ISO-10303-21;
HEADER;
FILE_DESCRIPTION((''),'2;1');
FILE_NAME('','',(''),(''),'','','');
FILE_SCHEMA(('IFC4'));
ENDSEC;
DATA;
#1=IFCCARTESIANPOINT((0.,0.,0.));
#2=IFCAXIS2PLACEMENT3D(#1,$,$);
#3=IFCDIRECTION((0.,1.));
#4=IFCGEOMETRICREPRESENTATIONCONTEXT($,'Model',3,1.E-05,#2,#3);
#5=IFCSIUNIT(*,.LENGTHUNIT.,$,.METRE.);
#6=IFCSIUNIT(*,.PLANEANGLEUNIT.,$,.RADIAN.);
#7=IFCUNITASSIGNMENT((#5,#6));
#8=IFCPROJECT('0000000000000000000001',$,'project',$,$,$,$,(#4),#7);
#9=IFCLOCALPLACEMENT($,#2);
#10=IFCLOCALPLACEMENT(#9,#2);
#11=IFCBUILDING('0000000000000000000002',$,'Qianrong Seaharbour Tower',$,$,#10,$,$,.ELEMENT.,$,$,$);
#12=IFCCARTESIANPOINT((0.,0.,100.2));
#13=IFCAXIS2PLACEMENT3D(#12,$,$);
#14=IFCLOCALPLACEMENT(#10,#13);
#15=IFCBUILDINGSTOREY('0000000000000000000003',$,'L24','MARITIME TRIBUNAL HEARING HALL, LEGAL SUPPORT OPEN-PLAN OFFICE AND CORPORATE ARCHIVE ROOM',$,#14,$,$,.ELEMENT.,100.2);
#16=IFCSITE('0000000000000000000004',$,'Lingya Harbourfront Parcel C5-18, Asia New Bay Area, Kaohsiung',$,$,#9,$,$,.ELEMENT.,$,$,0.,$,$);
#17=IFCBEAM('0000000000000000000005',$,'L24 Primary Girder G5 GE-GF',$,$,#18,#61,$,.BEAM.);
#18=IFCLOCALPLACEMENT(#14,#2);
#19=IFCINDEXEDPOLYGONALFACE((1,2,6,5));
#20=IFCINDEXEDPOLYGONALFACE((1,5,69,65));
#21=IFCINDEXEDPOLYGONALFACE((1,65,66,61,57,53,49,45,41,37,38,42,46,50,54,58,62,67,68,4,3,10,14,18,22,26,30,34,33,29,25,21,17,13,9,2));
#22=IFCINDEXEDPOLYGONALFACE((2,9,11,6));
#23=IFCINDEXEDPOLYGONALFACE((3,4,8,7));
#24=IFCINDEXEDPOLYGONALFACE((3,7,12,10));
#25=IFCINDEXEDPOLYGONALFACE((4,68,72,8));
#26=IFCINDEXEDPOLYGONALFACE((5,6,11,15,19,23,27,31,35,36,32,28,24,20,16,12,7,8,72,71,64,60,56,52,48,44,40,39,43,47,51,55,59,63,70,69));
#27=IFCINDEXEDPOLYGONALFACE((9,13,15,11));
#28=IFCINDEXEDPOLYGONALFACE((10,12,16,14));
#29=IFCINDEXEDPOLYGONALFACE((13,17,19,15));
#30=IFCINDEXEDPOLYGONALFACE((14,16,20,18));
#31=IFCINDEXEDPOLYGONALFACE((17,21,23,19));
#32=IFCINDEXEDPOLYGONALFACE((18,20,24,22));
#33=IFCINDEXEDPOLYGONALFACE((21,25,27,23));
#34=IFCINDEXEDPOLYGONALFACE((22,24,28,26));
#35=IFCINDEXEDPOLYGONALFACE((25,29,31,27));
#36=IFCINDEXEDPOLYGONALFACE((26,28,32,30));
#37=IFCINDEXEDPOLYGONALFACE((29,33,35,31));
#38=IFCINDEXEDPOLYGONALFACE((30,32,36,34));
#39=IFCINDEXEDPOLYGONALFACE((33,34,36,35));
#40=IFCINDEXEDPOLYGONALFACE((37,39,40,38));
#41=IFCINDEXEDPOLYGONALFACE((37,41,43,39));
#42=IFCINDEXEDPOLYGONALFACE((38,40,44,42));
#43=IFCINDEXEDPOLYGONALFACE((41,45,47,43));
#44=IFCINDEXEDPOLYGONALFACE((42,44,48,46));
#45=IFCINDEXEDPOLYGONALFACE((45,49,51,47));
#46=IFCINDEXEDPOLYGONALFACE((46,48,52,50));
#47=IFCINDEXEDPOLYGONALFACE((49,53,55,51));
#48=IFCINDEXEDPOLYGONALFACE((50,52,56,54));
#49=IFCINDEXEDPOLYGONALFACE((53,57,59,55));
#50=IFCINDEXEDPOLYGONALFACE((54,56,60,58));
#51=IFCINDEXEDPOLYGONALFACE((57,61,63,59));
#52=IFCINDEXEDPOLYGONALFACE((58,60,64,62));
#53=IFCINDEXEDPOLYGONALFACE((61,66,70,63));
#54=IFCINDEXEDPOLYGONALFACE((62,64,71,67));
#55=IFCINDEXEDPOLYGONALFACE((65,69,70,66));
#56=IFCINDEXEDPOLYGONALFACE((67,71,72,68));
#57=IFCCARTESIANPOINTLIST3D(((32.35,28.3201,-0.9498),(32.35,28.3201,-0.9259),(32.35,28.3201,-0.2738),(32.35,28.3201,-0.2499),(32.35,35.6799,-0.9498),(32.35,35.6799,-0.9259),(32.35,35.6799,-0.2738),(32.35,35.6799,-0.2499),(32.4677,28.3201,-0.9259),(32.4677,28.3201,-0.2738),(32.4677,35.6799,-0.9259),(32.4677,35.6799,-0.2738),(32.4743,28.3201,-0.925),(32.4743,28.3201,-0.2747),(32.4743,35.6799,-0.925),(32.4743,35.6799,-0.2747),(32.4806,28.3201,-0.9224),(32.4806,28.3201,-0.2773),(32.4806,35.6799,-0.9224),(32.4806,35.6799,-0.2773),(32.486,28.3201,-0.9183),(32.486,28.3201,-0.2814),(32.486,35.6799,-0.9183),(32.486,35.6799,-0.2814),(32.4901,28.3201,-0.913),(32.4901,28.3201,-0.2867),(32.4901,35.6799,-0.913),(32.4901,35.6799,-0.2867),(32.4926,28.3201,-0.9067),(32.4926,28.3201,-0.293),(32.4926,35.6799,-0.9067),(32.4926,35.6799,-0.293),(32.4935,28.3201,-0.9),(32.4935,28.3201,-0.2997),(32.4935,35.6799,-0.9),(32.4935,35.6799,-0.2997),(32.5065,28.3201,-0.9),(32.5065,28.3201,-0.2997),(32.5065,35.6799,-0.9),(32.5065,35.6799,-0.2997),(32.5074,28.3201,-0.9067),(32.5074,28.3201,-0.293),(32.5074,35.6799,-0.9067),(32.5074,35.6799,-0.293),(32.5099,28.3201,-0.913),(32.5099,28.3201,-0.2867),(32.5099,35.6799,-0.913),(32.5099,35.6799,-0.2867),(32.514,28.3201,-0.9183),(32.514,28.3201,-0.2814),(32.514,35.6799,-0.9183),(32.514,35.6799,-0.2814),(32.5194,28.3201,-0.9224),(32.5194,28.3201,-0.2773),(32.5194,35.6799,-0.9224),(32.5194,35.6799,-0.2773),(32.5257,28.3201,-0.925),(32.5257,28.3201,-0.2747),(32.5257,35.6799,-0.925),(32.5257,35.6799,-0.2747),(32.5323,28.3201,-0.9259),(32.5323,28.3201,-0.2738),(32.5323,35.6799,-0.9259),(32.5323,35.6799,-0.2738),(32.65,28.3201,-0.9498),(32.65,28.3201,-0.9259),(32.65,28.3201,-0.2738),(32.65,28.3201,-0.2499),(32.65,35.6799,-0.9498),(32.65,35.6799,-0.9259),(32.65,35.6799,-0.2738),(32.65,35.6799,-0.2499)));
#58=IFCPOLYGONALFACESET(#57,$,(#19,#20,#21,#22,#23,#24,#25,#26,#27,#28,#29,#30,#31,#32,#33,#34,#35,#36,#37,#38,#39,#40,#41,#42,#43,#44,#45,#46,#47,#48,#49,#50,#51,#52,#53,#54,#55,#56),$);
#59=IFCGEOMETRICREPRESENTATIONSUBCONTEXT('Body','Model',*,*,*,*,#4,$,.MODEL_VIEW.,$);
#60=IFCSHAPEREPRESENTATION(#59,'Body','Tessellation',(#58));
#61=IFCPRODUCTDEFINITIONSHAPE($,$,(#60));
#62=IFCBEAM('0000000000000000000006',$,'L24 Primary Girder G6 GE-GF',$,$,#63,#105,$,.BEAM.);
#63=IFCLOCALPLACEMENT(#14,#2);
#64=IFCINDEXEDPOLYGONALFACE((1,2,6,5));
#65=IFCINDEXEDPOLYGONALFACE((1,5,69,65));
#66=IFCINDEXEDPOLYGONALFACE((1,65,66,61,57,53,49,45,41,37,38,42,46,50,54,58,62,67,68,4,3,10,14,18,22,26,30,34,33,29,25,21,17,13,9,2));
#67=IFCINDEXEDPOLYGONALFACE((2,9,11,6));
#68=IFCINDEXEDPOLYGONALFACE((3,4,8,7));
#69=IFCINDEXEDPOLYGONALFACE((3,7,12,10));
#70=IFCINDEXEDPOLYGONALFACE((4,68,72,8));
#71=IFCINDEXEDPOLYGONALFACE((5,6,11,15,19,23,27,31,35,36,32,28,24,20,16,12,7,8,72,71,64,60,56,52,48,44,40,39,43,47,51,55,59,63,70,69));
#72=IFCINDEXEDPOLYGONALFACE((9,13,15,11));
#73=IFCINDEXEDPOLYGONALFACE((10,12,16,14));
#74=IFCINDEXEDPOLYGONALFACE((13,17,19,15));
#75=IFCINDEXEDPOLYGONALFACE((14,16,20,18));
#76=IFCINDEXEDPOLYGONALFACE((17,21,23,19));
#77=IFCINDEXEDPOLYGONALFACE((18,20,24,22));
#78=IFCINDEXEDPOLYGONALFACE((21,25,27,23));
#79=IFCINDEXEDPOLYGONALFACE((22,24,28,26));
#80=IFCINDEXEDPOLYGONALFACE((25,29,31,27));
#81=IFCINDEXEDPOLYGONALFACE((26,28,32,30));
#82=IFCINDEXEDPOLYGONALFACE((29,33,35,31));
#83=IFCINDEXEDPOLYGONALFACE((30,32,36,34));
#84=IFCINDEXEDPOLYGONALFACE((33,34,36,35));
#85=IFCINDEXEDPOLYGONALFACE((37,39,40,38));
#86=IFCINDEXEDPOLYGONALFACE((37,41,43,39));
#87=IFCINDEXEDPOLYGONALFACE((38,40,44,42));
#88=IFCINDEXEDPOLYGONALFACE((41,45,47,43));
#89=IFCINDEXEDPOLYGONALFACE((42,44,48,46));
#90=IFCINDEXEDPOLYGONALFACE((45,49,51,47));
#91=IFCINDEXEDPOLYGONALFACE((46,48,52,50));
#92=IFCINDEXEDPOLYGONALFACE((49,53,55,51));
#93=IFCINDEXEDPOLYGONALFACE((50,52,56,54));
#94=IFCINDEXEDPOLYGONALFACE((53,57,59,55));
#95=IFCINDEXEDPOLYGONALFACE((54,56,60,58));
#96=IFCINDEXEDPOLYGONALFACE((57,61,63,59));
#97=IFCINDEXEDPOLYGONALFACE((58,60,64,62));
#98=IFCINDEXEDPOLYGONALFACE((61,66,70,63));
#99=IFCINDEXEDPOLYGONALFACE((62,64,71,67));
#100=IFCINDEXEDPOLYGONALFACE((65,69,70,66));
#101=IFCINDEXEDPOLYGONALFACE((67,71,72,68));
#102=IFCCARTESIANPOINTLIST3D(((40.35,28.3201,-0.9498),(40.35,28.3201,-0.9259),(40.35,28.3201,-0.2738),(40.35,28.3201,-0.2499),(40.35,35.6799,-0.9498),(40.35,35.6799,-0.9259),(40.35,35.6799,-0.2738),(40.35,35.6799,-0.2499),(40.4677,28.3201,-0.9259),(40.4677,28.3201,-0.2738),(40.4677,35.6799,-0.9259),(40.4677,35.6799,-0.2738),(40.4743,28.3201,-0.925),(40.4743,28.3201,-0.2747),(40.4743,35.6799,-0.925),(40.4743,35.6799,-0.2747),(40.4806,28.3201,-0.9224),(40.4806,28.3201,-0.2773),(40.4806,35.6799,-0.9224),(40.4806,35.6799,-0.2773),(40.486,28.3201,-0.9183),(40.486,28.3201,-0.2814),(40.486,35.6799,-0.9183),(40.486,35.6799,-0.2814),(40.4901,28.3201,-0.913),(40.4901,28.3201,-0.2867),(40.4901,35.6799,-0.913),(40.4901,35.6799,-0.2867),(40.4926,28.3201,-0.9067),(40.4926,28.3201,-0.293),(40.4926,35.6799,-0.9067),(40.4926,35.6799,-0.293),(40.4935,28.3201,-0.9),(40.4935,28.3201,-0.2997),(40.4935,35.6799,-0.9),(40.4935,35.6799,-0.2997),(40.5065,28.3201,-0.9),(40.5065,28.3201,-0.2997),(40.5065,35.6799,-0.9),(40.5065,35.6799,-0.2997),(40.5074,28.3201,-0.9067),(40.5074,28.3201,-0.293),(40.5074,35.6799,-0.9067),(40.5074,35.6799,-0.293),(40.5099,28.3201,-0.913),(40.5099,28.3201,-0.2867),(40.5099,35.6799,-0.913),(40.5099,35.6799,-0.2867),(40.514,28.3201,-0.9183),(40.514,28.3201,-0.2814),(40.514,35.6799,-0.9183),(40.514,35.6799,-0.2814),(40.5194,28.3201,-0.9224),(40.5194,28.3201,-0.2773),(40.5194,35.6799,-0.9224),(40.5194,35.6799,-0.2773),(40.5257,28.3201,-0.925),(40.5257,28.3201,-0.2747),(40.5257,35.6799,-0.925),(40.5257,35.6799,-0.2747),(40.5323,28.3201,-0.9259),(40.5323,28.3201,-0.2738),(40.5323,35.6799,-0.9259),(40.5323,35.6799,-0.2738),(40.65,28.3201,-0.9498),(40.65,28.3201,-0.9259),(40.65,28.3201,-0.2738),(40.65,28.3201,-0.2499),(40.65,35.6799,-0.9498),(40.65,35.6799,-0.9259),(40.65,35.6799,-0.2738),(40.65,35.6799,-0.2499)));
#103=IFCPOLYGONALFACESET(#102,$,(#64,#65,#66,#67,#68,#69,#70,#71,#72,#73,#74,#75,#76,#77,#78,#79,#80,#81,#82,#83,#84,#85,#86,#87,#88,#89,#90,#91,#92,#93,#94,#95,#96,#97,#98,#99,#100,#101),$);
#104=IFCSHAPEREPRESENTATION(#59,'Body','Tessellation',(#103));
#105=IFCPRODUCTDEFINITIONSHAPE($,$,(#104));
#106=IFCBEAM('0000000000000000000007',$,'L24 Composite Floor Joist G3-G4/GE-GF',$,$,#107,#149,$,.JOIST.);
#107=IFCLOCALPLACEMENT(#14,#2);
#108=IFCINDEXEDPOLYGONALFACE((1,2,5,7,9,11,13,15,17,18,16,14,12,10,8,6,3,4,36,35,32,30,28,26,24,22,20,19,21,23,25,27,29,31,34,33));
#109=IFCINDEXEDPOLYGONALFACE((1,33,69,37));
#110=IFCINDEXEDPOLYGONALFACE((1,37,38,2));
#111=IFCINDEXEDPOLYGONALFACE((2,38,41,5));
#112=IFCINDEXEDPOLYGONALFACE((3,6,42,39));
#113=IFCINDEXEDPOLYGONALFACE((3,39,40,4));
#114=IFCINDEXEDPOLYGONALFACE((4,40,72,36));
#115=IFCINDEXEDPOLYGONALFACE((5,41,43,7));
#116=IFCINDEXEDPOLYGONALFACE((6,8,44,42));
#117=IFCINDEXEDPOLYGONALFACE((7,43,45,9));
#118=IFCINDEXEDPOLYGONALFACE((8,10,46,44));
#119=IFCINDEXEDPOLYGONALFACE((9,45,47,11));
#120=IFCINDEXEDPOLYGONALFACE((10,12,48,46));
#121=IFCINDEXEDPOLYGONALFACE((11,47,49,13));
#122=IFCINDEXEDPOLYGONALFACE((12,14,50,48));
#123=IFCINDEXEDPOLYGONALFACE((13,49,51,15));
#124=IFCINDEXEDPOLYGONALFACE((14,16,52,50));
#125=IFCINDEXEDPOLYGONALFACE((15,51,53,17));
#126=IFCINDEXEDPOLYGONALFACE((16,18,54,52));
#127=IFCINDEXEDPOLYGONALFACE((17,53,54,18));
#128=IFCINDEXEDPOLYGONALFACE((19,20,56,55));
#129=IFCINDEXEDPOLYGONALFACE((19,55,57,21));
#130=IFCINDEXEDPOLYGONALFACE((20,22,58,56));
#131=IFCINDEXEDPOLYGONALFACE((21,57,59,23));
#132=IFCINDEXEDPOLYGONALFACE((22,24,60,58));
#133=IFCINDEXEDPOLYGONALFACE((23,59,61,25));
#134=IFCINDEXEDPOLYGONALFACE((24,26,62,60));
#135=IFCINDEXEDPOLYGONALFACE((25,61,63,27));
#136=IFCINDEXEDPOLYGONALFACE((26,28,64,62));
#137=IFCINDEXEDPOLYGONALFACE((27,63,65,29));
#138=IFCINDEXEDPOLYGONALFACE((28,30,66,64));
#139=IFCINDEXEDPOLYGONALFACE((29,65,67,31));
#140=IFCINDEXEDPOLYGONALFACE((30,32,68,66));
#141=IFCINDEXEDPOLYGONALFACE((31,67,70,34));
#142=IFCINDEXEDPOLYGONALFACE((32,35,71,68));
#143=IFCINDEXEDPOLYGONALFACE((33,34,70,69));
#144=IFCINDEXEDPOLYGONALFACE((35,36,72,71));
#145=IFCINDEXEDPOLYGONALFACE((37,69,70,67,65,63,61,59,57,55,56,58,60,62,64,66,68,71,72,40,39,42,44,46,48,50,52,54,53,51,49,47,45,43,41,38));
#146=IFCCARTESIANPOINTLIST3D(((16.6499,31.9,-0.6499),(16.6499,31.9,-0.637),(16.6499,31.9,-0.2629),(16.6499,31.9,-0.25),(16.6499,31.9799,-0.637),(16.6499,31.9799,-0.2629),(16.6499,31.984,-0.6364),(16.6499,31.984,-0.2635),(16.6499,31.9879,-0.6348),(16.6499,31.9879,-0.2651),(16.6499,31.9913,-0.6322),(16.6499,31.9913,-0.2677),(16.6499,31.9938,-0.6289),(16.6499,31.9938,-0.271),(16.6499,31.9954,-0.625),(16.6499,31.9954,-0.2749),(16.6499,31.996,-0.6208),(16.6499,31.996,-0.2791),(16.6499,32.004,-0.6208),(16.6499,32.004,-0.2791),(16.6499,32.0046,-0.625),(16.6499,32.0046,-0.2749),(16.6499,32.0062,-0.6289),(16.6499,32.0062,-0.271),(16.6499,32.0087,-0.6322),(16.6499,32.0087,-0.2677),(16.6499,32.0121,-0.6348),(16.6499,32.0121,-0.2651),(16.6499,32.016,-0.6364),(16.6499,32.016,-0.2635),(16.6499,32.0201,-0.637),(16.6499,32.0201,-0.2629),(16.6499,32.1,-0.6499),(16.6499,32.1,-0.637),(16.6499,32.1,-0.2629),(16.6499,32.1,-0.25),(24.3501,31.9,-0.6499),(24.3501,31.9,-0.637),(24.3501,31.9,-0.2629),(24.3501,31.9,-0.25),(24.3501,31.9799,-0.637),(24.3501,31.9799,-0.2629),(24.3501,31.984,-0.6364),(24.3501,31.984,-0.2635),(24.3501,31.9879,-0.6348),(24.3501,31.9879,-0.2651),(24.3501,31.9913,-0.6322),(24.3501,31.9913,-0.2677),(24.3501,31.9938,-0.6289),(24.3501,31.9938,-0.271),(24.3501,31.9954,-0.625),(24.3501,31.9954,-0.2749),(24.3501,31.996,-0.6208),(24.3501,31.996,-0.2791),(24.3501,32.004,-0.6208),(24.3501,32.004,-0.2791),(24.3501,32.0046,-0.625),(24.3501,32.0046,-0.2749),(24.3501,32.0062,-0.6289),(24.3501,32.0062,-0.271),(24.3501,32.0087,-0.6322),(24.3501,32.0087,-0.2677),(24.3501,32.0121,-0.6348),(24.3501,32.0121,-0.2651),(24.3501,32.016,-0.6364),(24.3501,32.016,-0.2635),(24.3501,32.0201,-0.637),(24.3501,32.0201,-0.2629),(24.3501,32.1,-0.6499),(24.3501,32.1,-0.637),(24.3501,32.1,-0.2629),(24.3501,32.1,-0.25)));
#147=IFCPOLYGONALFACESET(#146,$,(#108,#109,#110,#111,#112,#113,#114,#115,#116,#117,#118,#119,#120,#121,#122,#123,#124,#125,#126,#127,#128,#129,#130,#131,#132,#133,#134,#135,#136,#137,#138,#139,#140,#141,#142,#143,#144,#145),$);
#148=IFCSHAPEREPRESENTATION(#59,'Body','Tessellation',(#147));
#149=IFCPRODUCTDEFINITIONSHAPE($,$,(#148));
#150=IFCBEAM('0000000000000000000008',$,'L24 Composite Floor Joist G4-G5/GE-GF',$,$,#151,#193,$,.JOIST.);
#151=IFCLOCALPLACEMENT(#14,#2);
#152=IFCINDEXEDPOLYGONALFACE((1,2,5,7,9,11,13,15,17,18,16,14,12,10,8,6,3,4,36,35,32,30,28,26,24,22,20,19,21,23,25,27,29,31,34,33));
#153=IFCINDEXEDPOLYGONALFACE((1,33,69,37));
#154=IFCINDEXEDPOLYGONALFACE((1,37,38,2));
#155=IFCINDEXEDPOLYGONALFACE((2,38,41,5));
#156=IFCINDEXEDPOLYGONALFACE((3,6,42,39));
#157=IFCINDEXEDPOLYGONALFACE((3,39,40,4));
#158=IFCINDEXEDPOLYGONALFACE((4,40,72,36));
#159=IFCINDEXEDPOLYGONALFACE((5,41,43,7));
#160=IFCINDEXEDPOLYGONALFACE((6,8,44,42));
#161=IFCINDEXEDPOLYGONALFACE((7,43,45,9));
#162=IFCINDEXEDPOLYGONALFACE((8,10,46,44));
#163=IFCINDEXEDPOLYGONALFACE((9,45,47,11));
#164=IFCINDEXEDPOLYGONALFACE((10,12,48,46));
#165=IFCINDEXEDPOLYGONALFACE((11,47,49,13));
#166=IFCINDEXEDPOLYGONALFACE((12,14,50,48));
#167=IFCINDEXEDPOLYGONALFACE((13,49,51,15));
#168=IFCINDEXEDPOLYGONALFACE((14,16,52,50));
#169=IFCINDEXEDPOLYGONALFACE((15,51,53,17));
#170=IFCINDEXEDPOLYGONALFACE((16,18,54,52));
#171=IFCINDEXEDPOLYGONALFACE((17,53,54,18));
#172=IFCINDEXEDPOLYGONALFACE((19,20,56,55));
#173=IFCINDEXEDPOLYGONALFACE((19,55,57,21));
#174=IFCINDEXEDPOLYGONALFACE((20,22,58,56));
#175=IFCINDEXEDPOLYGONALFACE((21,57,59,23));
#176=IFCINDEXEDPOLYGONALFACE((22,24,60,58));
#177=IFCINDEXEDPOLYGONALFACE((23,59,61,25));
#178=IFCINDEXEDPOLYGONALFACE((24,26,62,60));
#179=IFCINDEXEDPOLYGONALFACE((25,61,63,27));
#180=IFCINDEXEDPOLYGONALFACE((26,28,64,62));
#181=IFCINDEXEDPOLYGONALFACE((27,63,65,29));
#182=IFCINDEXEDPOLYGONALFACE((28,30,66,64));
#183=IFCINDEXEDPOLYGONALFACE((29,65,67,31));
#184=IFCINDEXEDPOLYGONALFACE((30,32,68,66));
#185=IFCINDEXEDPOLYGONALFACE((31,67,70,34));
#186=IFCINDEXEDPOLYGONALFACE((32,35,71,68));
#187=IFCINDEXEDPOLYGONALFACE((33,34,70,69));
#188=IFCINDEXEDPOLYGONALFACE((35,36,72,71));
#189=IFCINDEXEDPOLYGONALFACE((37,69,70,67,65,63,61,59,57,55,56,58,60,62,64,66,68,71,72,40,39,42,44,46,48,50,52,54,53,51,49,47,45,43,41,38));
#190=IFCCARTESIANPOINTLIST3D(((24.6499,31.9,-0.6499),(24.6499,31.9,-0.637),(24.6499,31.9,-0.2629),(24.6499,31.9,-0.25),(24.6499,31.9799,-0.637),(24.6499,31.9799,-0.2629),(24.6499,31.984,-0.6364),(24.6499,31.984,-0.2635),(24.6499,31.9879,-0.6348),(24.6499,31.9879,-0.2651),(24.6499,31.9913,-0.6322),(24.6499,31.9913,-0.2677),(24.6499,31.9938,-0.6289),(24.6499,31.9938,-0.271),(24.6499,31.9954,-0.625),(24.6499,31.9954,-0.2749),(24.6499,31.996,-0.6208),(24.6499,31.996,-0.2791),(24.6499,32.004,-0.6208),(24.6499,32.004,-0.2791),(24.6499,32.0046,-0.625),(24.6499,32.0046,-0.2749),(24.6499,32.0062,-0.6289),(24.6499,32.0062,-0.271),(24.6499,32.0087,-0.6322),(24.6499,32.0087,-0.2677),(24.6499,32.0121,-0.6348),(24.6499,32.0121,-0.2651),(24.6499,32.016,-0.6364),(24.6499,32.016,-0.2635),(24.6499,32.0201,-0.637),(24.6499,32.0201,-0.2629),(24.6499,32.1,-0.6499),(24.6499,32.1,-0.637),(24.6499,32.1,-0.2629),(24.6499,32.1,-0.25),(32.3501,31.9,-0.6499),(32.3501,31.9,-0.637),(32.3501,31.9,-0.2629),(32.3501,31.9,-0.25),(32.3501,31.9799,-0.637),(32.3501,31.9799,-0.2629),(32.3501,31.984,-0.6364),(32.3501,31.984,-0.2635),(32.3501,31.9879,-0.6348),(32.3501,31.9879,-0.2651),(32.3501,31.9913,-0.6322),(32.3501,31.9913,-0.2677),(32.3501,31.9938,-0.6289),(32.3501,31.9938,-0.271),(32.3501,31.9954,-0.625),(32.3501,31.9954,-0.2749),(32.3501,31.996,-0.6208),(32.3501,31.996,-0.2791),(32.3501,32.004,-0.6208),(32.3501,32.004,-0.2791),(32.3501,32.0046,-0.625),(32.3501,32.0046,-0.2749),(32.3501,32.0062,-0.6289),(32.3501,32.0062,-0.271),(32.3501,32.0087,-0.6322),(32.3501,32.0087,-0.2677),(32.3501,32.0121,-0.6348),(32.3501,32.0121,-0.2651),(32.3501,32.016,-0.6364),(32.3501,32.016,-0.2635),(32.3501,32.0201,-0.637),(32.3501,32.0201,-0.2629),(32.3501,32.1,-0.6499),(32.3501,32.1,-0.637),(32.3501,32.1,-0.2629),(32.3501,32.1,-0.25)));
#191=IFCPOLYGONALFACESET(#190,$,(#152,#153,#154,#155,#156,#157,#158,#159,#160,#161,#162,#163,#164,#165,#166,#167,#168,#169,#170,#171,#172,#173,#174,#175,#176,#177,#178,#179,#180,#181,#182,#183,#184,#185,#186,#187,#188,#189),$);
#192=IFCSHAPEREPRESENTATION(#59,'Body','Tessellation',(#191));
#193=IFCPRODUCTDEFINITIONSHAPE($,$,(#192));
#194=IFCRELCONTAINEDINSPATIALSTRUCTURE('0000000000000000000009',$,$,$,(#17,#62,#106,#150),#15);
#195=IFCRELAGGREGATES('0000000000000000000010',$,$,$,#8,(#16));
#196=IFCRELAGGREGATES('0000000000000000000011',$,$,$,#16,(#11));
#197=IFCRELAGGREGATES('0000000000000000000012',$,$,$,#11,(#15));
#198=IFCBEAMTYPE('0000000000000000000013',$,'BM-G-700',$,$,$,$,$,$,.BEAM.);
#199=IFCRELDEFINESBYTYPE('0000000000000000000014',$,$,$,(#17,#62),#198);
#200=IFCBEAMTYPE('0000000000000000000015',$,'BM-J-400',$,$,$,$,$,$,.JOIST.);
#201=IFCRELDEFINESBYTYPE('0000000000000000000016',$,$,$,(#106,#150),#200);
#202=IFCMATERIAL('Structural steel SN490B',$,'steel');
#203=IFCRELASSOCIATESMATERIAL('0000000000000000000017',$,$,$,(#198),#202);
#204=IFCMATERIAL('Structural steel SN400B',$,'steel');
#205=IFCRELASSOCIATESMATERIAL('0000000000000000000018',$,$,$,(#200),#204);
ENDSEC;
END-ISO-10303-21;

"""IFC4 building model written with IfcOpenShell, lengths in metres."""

from ifc_helpers import new_model, si_unit, direction, frame, origin, origin_2d, place, context, subcontext, project, spatial, i_section, extrude, material, material_profile, profile_set, type_object, element, save


model = new_model("IFC4")

# Units and contexts
model_context = context("Model", 3, precision=1e-05, world=origin(), true_north=direction((0.0, 1.0)))
body_context = subcontext(model_context, "Body", "Model", "MODEL_VIEW")
ifc_project = project(units=[si_unit("LENGTHUNIT", "METRE"), si_unit("PLANEANGLEUNIT", "RADIAN")], contexts=[model_context])

# Site, building, storey
site_placement = place(None, origin())
site = spatial("IfcSite", under=ifc_project, at=site_placement, Name="Lingya Harbourfront Parcel C5-18, Asia New Bay Area, Kaohsiung", CompositionType="ELEMENT", RefElevation=0.0)
building_placement = place(site_placement, origin())
building = spatial("IfcBuilding", under=site, at=building_placement, Name="Qianrong Seaharbour Tower", CompositionType="ELEMENT")
storey_placement = place(building_placement, frame((0.0, 0.0, 100.2)))
storey = spatial("IfcBuildingStorey", under=building, at=storey_placement, Name="L24", Description="MARITIME TRIBUNAL HEARING HALL, LEGAL SUPPORT OPEN-PLAN OFFICE AND CORPORATE ARCHIVE ROOM", CompositionType="ELEMENT", Elevation=100.2)

# Shared definitions
ifc_material_1 = material(Name="Structural steel SN490B", Category="steel")

# Beams
ifc_material_profile_1 = material_profile(ifc_material_1, i_section(OverallWidth=0.3, OverallDepth=0.7, WebThickness=0.0129, FlangeThickness=0.0239, FilletRadius=0.0259, at=origin_2d()), Name="H700x300x13x24")
ifc_profile_set_1 = profile_set([ifc_material_profile_1], Name="Structural steel SN490B")
beam_type_1 = type_object("IfcBeamType", Name="BM-G-700", PredefinedType="BEAM", material=ifc_profile_set_1)
for number, where, z_axis, x_axis, name in (
    (1, (32.5, 28.3201, -0.5999), (0.0, 1.0, 0.0), (-1.0, 0.0, 0.0), "L24 Primary Girder G5 GE-GF"),
    (2, (40.5, 28.3201, -0.5999), (0.0, 1.0, 0.0), (-1.0, 0.0, 0.0), "L24 Primary Girder G6 GE-GF"),
):
    element("IfcBeam", number, at=place(storey_placement, frame(where, z_axis=z_axis, x_axis=x_axis)), inside=storey, type_object=beam_type_1, Name=name, PredefinedType="BEAM", context=body_context, shape_type="SweptSolid", body=[
        extrude(i_section(OverallWidth=0.3, OverallDepth=0.7, WebThickness=0.0129, FlangeThickness=0.0239, FilletRadius=0.0259, at=origin_2d()), origin(), (0.0, 0.0, 1.0), 7.3599),
    ])
ifc_material_2 = material(Name="Structural steel SN400B", Category="steel")
ifc_material_profile_2 = material_profile(ifc_material_2, i_section(OverallWidth=0.2, OverallDepth=0.3999, WebThickness=0.0081, FlangeThickness=0.0129, FilletRadius=0.0161, at=origin_2d()), Name="H400x200x8x13")
ifc_profile_set_2 = profile_set([ifc_material_profile_2], Name="Structural steel SN400B")
beam_type_2 = type_object("IfcBeamType", Name="BM-J-400", PredefinedType="JOIST", material=ifc_profile_set_2)
for number, where, z_axis, x_axis, name in (
    (3, (16.6499, 32.0, -0.45), (1.0, 0.0, 0.0), (0.0, 1.0, 0.0), "L24 Composite Floor Joist G3-G4/GE-GF"),
    (4, (24.6499, 32.0, -0.45), (1.0, 0.0, 0.0), (0.0, 1.0, 0.0), "L24 Composite Floor Joist G4-G5/GE-GF"),
):
    element("IfcBeam", number, at=place(storey_placement, frame(where, z_axis=z_axis, x_axis=x_axis)), inside=storey, type_object=beam_type_2, Name=name, PredefinedType="JOIST", context=body_context, shape_type="SweptSolid", body=[
        extrude(i_section(OverallWidth=0.2, OverallDepth=0.3999, WebThickness=0.0081, FlangeThickness=0.0129, FilletRadius=0.0161, at=origin_2d()), origin(), (0.0, 0.0, 1.0), 7.7002),
    ])

save(model, "model.ifc")
